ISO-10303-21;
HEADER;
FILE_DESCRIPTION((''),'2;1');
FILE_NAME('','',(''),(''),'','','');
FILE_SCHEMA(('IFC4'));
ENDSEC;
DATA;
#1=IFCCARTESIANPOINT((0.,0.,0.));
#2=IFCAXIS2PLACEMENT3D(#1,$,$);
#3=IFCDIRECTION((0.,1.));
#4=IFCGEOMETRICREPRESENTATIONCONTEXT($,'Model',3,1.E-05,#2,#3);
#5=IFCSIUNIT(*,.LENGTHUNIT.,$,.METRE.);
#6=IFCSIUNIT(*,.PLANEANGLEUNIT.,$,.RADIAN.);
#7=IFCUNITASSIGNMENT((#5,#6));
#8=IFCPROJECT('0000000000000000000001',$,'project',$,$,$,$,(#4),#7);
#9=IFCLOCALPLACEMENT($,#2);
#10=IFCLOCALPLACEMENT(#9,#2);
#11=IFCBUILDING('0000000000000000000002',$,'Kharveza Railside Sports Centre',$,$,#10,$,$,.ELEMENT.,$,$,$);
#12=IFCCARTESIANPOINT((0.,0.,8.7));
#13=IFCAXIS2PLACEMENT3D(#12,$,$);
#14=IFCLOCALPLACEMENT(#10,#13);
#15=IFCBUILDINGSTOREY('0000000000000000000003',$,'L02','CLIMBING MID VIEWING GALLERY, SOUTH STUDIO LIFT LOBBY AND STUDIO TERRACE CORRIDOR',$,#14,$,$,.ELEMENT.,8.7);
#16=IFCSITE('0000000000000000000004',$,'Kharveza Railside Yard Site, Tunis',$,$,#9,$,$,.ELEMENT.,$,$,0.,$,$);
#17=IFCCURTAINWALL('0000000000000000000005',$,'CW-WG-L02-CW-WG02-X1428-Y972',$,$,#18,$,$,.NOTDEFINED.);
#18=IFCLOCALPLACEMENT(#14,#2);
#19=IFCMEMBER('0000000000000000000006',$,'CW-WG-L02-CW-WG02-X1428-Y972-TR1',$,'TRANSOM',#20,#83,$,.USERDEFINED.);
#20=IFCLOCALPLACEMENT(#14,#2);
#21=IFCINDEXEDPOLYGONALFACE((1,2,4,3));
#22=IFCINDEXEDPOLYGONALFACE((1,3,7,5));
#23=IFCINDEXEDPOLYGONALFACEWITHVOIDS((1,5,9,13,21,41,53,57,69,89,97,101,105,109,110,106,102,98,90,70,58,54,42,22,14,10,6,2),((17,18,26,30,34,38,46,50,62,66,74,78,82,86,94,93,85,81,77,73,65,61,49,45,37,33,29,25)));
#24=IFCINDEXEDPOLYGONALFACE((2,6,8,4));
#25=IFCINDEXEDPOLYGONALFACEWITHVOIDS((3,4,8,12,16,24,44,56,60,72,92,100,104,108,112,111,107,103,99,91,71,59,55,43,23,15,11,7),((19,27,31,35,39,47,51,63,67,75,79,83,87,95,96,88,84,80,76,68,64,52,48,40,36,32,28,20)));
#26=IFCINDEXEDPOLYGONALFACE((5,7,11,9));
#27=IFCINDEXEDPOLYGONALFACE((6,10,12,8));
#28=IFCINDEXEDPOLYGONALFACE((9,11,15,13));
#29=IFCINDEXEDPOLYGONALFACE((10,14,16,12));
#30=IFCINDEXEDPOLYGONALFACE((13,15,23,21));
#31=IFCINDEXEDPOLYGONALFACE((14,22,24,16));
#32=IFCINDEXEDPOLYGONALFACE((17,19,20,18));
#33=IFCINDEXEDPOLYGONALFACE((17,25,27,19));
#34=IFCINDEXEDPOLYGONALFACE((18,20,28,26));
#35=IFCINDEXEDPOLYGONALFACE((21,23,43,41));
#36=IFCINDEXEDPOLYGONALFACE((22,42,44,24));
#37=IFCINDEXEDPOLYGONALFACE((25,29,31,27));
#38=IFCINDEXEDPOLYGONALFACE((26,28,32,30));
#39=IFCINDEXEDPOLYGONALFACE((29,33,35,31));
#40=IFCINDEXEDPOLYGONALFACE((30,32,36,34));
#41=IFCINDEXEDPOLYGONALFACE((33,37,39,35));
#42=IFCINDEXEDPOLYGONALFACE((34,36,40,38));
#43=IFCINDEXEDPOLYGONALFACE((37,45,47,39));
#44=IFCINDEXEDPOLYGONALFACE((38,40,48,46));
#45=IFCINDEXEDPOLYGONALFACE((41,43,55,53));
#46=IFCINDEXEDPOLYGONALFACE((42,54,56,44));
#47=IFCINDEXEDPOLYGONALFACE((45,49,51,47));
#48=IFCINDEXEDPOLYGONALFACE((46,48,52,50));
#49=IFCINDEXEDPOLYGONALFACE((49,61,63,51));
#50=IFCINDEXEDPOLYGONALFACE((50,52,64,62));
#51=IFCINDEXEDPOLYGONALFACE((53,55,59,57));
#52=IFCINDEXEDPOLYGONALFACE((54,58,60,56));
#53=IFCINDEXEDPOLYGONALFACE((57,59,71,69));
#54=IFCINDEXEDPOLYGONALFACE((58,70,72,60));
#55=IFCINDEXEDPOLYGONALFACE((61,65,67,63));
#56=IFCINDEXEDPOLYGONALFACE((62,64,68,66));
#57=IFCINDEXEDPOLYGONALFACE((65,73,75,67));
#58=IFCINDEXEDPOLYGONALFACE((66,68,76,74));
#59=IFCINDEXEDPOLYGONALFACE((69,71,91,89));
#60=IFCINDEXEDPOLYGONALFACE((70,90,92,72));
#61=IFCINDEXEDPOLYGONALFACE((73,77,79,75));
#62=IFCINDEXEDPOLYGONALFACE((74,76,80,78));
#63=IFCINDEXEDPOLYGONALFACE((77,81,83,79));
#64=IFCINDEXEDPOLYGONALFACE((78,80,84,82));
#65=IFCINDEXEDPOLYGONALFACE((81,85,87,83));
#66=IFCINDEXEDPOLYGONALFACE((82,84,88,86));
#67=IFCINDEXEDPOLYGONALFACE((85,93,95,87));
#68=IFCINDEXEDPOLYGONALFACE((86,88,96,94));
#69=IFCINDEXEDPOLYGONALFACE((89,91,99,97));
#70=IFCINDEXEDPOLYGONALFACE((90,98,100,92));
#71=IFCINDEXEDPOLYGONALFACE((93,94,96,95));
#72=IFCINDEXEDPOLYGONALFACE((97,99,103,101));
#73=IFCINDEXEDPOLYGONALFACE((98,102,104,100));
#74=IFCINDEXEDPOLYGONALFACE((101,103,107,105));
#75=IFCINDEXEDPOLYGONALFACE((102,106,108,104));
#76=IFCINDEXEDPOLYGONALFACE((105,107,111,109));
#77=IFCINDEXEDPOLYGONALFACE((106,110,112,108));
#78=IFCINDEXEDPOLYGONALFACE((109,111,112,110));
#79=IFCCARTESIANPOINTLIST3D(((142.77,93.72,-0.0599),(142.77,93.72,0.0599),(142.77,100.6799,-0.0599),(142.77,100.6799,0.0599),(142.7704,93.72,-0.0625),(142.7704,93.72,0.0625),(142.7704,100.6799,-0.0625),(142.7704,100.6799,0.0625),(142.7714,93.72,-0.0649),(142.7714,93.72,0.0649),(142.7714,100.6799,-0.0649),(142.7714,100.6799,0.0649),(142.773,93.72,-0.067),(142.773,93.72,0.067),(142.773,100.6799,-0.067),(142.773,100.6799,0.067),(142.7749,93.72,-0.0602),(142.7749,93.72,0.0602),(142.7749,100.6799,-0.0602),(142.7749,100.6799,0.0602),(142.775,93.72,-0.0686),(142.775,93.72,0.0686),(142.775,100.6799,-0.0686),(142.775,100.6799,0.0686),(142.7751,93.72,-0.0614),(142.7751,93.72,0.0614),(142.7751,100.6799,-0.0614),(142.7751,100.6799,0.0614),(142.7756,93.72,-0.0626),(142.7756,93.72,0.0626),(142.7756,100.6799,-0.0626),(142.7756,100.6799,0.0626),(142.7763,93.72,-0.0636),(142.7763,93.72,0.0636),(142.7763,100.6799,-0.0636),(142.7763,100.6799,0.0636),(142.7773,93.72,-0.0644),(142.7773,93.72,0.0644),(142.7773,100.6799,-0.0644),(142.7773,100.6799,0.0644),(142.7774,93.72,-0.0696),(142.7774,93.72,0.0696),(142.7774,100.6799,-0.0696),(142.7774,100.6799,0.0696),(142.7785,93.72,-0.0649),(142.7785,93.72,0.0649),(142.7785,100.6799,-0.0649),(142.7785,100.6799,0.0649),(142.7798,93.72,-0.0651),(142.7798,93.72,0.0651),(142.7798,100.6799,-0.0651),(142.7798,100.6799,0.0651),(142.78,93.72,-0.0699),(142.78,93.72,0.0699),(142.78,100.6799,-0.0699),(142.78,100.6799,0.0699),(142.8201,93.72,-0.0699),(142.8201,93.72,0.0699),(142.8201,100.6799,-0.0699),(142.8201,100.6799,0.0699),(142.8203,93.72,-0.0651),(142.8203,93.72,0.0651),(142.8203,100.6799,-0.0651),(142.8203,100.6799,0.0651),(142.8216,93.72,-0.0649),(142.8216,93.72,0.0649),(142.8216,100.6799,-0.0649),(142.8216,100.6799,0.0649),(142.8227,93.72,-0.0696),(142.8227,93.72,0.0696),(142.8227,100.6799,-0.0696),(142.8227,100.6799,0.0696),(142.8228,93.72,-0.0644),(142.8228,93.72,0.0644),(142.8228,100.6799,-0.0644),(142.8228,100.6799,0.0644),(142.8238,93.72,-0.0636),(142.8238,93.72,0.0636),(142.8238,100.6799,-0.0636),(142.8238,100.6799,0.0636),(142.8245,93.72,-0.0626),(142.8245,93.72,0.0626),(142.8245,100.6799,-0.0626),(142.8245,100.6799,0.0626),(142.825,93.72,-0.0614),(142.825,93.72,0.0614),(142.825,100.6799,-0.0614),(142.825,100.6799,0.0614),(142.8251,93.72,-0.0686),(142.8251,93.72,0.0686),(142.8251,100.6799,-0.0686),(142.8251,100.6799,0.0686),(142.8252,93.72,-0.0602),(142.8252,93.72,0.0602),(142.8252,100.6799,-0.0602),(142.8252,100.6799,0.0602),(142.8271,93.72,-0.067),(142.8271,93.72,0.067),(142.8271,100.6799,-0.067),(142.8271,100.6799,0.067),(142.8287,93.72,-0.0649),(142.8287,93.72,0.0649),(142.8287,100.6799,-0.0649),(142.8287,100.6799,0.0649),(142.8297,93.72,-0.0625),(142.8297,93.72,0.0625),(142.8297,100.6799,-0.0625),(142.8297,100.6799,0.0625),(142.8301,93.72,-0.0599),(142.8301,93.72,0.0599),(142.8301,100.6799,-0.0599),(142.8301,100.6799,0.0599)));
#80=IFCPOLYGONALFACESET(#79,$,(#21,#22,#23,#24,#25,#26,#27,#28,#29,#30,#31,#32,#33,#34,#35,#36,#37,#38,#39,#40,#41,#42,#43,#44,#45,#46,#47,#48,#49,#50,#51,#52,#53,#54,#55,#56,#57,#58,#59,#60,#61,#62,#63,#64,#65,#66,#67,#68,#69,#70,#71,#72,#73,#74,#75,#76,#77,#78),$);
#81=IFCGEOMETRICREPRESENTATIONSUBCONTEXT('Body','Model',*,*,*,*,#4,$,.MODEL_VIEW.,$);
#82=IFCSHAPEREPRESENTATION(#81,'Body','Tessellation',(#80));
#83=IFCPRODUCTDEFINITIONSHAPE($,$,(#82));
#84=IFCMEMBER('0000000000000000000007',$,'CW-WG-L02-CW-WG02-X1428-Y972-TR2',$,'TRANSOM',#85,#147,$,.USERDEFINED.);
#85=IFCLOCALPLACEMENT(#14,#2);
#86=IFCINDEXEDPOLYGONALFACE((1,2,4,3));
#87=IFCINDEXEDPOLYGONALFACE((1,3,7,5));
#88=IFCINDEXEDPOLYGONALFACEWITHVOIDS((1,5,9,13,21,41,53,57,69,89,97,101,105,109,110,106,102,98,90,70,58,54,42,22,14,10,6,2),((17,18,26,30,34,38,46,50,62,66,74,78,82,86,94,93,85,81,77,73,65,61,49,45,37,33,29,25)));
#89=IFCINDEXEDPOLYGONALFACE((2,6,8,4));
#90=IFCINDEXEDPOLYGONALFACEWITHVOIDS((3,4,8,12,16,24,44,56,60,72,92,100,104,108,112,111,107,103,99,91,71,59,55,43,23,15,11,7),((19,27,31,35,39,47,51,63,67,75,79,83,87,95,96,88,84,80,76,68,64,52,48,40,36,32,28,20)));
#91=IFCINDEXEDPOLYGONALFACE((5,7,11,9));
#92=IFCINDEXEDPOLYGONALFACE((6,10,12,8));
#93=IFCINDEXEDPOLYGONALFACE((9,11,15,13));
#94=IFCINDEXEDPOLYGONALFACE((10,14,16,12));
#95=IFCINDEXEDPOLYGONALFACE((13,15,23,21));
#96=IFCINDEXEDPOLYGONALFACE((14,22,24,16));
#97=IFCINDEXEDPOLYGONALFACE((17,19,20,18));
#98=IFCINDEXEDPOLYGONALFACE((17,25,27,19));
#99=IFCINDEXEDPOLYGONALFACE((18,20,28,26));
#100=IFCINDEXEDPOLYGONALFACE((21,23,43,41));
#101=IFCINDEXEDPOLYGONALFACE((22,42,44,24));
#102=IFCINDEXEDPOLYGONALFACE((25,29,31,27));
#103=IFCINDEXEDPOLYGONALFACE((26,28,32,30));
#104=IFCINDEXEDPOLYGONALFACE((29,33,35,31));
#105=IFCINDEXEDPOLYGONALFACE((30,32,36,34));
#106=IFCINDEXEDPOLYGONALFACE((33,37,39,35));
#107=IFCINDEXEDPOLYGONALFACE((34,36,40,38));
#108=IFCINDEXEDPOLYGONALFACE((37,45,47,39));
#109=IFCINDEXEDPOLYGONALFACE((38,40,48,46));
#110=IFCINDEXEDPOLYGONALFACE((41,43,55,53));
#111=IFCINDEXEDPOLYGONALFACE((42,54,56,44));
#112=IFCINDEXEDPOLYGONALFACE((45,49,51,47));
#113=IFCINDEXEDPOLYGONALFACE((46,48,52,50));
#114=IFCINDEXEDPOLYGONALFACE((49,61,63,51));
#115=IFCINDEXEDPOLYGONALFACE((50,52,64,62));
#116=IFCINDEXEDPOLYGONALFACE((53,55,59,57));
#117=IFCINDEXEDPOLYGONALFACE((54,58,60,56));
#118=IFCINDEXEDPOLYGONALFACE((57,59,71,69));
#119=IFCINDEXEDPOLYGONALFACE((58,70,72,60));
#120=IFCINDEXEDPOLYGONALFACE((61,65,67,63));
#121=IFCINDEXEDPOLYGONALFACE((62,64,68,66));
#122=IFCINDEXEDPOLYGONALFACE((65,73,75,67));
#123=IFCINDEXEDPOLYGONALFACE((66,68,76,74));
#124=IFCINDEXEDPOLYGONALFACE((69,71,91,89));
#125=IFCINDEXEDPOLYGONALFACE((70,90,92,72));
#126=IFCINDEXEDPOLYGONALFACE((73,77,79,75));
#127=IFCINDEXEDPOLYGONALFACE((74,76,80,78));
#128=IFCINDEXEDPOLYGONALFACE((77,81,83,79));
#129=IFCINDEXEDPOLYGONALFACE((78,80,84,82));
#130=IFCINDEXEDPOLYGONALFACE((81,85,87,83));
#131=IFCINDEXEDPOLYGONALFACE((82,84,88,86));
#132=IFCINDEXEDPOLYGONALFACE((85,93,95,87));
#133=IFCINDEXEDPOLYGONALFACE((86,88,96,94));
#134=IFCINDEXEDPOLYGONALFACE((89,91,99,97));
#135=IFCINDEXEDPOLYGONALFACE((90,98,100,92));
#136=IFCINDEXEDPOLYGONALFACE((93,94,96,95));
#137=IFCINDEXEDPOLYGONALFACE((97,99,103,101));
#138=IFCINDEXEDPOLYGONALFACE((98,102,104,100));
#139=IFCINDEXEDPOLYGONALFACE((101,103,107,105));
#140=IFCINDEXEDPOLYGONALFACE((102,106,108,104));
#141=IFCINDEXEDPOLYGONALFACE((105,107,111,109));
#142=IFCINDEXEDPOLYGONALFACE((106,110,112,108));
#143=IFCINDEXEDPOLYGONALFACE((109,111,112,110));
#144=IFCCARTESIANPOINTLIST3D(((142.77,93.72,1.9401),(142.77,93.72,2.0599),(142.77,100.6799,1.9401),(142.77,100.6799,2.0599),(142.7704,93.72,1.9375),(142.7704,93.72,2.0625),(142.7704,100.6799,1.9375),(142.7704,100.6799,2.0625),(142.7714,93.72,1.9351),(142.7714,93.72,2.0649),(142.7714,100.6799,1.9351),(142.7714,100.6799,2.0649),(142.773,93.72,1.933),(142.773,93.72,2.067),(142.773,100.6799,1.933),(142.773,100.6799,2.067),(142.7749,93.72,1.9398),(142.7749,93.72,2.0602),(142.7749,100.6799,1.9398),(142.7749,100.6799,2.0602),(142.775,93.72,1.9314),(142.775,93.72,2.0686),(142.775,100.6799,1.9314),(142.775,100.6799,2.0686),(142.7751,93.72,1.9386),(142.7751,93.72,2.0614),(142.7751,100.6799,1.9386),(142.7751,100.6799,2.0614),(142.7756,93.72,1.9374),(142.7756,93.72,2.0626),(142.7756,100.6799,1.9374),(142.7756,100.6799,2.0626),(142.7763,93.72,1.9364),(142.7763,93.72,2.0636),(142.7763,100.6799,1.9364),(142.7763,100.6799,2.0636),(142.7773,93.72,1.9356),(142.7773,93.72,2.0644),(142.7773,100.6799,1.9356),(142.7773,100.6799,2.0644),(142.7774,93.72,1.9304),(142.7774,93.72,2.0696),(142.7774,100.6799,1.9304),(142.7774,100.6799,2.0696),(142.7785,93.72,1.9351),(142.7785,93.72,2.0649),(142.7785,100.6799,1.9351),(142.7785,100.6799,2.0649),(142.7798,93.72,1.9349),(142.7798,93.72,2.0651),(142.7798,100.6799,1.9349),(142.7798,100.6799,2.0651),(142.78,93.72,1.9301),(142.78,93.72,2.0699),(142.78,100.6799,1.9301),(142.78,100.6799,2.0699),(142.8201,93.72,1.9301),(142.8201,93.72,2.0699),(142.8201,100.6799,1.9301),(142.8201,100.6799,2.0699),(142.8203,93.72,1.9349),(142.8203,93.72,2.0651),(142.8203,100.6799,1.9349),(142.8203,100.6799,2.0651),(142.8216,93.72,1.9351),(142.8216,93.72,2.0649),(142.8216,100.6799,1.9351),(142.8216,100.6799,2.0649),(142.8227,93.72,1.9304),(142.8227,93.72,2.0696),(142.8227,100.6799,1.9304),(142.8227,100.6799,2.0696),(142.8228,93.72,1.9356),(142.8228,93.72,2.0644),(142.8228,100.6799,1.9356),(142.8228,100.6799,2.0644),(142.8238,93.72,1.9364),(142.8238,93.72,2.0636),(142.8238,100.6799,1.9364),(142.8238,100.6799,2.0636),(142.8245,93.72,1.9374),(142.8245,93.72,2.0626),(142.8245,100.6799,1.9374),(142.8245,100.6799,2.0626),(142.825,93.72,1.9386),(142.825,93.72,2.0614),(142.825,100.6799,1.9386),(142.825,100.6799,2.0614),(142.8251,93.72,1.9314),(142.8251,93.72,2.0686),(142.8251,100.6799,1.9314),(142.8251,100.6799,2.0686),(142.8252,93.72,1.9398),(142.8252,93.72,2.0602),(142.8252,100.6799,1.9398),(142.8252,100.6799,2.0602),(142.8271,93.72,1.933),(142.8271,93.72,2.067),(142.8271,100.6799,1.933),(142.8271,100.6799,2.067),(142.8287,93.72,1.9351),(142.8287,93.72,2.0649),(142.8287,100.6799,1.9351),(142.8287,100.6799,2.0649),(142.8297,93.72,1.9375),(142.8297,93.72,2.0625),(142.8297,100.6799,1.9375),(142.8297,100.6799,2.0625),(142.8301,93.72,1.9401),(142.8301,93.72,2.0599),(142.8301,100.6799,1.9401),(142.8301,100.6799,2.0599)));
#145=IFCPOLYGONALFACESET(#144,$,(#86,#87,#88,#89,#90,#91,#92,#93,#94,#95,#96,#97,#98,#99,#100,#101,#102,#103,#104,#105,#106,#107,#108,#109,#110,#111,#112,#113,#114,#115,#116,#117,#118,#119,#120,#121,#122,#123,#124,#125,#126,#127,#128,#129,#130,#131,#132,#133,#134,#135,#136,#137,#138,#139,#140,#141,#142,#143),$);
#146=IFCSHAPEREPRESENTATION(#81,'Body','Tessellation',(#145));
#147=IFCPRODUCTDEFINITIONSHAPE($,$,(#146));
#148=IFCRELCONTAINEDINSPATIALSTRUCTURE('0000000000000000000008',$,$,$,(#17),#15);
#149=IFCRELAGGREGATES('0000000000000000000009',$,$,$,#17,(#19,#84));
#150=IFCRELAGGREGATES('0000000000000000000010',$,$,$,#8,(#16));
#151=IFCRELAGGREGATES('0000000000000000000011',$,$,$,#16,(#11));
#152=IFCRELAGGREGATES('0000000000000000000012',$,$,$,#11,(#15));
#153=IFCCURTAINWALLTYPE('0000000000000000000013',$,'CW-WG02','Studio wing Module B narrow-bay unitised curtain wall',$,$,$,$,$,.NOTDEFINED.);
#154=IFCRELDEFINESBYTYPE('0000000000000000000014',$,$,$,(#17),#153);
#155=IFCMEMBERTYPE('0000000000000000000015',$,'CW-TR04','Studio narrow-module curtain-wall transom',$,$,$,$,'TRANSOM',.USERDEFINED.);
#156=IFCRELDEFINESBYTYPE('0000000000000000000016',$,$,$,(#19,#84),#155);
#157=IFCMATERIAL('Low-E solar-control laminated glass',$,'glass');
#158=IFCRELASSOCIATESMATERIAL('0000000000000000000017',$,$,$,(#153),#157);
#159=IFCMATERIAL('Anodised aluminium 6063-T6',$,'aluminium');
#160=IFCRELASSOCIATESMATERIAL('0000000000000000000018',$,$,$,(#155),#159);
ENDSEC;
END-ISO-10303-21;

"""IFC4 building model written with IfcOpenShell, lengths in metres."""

from ifc_helpers import new_model, si_unit, direction, frame, origin, origin_2d, place, context, subcontext, project, spatial, hollow_rectangle, extrude, material, material_profile, profile_set, type_object, element, aggregate, save


model = new_model("IFC4")

# Units and contexts
model_context = context("Model", 3, precision=1e-05, world=origin(), true_north=direction((0.0, 1.0)))
body_context = subcontext(model_context, "Body", "Model", "MODEL_VIEW")
ifc_project = project(units=[si_unit("LENGTHUNIT", "METRE"), si_unit("PLANEANGLEUNIT", "RADIAN")], contexts=[model_context])

# Site, building, storey
site_placement = place(None, origin())
site = spatial("IfcSite", under=ifc_project, at=site_placement, Name="Kharveza Railside Yard Site, Tunis", CompositionType="ELEMENT", RefElevation=0.0)
building_placement = place(site_placement, origin())
building = spatial("IfcBuilding", under=site, at=building_placement, Name="Kharveza Railside Sports Centre", CompositionType="ELEMENT")
storey_placement = place(building_placement, frame((0.0, 0.0, 8.7)))
storey = spatial("IfcBuildingStorey", under=building, at=storey_placement, Name="L02", Description="CLIMBING MID VIEWING GALLERY, SOUTH STUDIO LIFT LOBBY AND STUDIO TERRACE CORRIDOR", CompositionType="ELEMENT", Elevation=8.7)

# Curtain wall, members
ifc_material_1 = material(Name="Low-E solar-control laminated glass", Category="glass")
curtain_wall_type = type_object("IfcCurtainWallType", Name="CW-WG02", Description="Studio wing Module B narrow-bay unitised curtain wall", PredefinedType="NOTDEFINED", material=ifc_material_1)
curtain_wall_placement = place(storey_placement, origin())
curtain_wall = element("IfcCurtainWall", 1, at=curtain_wall_placement, inside=storey, type_object=curtain_wall_type, Name="CW-WG-L02-CW-WG02-X1428-Y972", PredefinedType="NOTDEFINED")
ifc_material_2 = material(Name="Anodised aluminium 6063-T6", Category="aluminium")
ifc_material_profile_1 = material_profile(ifc_material_2, hollow_rectangle(XDim=0.0601, YDim=0.1399, WallThickness=0.0049, InnerFilletRadius=0.0049, OuterFilletRadius=0.01, at=origin_2d()), Name="RHS 60x140x5.0")
ifc_profile_set_1 = profile_set([ifc_material_profile_1], Name="Anodised aluminium 6063-T6")
member_type_1 = type_object("IfcMemberType", Name="CW-TR04", Description="Studio narrow-module curtain-wall transom", ElementType="TRANSOM", PredefinedType="USERDEFINED", material=ifc_profile_set_1)
member_1_placement = place(storey_placement, frame((142.8, 93.72, 0.0), z_axis=(0.0, 1.0, 0.0), x_axis=(-1.0, 0.0, 0.0)))
member_1 = element("IfcMember", 2, at=member_1_placement, type_object=member_type_1, Name="CW-WG-L02-CW-WG02-X1428-Y972-TR1", ObjectType="TRANSOM", PredefinedType="USERDEFINED", context=body_context, shape_type="SweptSolid", body=[
    extrude(hollow_rectangle(XDim=0.0601, YDim=0.1399, WallThickness=0.0049, InnerFilletRadius=0.0049, OuterFilletRadius=0.01, at=origin_2d()), origin(), (0.0, 0.0, 1.0), 6.96),
])
member_2_placement = place(storey_placement, frame((142.8, 93.72, 2.0), z_axis=(0.0, 1.0, 0.0), x_axis=(-1.0, 0.0, 0.0)))
member_2 = element("IfcMember", 3, at=member_2_placement, type_object=member_type_1, Name="CW-WG-L02-CW-WG02-X1428-Y972-TR2", ObjectType="TRANSOM", PredefinedType="USERDEFINED", context=body_context, shape_type="SweptSolid", body=[
    extrude(hollow_rectangle(XDim=0.0601, YDim=0.1399, WallThickness=0.0049, InnerFilletRadius=0.0049, OuterFilletRadius=0.01, at=origin_2d()), origin(), (0.0, 0.0, 1.0), 6.96),
])

aggregate(curtain_wall, [member_1, member_2])

save(model, "model.ifc")
